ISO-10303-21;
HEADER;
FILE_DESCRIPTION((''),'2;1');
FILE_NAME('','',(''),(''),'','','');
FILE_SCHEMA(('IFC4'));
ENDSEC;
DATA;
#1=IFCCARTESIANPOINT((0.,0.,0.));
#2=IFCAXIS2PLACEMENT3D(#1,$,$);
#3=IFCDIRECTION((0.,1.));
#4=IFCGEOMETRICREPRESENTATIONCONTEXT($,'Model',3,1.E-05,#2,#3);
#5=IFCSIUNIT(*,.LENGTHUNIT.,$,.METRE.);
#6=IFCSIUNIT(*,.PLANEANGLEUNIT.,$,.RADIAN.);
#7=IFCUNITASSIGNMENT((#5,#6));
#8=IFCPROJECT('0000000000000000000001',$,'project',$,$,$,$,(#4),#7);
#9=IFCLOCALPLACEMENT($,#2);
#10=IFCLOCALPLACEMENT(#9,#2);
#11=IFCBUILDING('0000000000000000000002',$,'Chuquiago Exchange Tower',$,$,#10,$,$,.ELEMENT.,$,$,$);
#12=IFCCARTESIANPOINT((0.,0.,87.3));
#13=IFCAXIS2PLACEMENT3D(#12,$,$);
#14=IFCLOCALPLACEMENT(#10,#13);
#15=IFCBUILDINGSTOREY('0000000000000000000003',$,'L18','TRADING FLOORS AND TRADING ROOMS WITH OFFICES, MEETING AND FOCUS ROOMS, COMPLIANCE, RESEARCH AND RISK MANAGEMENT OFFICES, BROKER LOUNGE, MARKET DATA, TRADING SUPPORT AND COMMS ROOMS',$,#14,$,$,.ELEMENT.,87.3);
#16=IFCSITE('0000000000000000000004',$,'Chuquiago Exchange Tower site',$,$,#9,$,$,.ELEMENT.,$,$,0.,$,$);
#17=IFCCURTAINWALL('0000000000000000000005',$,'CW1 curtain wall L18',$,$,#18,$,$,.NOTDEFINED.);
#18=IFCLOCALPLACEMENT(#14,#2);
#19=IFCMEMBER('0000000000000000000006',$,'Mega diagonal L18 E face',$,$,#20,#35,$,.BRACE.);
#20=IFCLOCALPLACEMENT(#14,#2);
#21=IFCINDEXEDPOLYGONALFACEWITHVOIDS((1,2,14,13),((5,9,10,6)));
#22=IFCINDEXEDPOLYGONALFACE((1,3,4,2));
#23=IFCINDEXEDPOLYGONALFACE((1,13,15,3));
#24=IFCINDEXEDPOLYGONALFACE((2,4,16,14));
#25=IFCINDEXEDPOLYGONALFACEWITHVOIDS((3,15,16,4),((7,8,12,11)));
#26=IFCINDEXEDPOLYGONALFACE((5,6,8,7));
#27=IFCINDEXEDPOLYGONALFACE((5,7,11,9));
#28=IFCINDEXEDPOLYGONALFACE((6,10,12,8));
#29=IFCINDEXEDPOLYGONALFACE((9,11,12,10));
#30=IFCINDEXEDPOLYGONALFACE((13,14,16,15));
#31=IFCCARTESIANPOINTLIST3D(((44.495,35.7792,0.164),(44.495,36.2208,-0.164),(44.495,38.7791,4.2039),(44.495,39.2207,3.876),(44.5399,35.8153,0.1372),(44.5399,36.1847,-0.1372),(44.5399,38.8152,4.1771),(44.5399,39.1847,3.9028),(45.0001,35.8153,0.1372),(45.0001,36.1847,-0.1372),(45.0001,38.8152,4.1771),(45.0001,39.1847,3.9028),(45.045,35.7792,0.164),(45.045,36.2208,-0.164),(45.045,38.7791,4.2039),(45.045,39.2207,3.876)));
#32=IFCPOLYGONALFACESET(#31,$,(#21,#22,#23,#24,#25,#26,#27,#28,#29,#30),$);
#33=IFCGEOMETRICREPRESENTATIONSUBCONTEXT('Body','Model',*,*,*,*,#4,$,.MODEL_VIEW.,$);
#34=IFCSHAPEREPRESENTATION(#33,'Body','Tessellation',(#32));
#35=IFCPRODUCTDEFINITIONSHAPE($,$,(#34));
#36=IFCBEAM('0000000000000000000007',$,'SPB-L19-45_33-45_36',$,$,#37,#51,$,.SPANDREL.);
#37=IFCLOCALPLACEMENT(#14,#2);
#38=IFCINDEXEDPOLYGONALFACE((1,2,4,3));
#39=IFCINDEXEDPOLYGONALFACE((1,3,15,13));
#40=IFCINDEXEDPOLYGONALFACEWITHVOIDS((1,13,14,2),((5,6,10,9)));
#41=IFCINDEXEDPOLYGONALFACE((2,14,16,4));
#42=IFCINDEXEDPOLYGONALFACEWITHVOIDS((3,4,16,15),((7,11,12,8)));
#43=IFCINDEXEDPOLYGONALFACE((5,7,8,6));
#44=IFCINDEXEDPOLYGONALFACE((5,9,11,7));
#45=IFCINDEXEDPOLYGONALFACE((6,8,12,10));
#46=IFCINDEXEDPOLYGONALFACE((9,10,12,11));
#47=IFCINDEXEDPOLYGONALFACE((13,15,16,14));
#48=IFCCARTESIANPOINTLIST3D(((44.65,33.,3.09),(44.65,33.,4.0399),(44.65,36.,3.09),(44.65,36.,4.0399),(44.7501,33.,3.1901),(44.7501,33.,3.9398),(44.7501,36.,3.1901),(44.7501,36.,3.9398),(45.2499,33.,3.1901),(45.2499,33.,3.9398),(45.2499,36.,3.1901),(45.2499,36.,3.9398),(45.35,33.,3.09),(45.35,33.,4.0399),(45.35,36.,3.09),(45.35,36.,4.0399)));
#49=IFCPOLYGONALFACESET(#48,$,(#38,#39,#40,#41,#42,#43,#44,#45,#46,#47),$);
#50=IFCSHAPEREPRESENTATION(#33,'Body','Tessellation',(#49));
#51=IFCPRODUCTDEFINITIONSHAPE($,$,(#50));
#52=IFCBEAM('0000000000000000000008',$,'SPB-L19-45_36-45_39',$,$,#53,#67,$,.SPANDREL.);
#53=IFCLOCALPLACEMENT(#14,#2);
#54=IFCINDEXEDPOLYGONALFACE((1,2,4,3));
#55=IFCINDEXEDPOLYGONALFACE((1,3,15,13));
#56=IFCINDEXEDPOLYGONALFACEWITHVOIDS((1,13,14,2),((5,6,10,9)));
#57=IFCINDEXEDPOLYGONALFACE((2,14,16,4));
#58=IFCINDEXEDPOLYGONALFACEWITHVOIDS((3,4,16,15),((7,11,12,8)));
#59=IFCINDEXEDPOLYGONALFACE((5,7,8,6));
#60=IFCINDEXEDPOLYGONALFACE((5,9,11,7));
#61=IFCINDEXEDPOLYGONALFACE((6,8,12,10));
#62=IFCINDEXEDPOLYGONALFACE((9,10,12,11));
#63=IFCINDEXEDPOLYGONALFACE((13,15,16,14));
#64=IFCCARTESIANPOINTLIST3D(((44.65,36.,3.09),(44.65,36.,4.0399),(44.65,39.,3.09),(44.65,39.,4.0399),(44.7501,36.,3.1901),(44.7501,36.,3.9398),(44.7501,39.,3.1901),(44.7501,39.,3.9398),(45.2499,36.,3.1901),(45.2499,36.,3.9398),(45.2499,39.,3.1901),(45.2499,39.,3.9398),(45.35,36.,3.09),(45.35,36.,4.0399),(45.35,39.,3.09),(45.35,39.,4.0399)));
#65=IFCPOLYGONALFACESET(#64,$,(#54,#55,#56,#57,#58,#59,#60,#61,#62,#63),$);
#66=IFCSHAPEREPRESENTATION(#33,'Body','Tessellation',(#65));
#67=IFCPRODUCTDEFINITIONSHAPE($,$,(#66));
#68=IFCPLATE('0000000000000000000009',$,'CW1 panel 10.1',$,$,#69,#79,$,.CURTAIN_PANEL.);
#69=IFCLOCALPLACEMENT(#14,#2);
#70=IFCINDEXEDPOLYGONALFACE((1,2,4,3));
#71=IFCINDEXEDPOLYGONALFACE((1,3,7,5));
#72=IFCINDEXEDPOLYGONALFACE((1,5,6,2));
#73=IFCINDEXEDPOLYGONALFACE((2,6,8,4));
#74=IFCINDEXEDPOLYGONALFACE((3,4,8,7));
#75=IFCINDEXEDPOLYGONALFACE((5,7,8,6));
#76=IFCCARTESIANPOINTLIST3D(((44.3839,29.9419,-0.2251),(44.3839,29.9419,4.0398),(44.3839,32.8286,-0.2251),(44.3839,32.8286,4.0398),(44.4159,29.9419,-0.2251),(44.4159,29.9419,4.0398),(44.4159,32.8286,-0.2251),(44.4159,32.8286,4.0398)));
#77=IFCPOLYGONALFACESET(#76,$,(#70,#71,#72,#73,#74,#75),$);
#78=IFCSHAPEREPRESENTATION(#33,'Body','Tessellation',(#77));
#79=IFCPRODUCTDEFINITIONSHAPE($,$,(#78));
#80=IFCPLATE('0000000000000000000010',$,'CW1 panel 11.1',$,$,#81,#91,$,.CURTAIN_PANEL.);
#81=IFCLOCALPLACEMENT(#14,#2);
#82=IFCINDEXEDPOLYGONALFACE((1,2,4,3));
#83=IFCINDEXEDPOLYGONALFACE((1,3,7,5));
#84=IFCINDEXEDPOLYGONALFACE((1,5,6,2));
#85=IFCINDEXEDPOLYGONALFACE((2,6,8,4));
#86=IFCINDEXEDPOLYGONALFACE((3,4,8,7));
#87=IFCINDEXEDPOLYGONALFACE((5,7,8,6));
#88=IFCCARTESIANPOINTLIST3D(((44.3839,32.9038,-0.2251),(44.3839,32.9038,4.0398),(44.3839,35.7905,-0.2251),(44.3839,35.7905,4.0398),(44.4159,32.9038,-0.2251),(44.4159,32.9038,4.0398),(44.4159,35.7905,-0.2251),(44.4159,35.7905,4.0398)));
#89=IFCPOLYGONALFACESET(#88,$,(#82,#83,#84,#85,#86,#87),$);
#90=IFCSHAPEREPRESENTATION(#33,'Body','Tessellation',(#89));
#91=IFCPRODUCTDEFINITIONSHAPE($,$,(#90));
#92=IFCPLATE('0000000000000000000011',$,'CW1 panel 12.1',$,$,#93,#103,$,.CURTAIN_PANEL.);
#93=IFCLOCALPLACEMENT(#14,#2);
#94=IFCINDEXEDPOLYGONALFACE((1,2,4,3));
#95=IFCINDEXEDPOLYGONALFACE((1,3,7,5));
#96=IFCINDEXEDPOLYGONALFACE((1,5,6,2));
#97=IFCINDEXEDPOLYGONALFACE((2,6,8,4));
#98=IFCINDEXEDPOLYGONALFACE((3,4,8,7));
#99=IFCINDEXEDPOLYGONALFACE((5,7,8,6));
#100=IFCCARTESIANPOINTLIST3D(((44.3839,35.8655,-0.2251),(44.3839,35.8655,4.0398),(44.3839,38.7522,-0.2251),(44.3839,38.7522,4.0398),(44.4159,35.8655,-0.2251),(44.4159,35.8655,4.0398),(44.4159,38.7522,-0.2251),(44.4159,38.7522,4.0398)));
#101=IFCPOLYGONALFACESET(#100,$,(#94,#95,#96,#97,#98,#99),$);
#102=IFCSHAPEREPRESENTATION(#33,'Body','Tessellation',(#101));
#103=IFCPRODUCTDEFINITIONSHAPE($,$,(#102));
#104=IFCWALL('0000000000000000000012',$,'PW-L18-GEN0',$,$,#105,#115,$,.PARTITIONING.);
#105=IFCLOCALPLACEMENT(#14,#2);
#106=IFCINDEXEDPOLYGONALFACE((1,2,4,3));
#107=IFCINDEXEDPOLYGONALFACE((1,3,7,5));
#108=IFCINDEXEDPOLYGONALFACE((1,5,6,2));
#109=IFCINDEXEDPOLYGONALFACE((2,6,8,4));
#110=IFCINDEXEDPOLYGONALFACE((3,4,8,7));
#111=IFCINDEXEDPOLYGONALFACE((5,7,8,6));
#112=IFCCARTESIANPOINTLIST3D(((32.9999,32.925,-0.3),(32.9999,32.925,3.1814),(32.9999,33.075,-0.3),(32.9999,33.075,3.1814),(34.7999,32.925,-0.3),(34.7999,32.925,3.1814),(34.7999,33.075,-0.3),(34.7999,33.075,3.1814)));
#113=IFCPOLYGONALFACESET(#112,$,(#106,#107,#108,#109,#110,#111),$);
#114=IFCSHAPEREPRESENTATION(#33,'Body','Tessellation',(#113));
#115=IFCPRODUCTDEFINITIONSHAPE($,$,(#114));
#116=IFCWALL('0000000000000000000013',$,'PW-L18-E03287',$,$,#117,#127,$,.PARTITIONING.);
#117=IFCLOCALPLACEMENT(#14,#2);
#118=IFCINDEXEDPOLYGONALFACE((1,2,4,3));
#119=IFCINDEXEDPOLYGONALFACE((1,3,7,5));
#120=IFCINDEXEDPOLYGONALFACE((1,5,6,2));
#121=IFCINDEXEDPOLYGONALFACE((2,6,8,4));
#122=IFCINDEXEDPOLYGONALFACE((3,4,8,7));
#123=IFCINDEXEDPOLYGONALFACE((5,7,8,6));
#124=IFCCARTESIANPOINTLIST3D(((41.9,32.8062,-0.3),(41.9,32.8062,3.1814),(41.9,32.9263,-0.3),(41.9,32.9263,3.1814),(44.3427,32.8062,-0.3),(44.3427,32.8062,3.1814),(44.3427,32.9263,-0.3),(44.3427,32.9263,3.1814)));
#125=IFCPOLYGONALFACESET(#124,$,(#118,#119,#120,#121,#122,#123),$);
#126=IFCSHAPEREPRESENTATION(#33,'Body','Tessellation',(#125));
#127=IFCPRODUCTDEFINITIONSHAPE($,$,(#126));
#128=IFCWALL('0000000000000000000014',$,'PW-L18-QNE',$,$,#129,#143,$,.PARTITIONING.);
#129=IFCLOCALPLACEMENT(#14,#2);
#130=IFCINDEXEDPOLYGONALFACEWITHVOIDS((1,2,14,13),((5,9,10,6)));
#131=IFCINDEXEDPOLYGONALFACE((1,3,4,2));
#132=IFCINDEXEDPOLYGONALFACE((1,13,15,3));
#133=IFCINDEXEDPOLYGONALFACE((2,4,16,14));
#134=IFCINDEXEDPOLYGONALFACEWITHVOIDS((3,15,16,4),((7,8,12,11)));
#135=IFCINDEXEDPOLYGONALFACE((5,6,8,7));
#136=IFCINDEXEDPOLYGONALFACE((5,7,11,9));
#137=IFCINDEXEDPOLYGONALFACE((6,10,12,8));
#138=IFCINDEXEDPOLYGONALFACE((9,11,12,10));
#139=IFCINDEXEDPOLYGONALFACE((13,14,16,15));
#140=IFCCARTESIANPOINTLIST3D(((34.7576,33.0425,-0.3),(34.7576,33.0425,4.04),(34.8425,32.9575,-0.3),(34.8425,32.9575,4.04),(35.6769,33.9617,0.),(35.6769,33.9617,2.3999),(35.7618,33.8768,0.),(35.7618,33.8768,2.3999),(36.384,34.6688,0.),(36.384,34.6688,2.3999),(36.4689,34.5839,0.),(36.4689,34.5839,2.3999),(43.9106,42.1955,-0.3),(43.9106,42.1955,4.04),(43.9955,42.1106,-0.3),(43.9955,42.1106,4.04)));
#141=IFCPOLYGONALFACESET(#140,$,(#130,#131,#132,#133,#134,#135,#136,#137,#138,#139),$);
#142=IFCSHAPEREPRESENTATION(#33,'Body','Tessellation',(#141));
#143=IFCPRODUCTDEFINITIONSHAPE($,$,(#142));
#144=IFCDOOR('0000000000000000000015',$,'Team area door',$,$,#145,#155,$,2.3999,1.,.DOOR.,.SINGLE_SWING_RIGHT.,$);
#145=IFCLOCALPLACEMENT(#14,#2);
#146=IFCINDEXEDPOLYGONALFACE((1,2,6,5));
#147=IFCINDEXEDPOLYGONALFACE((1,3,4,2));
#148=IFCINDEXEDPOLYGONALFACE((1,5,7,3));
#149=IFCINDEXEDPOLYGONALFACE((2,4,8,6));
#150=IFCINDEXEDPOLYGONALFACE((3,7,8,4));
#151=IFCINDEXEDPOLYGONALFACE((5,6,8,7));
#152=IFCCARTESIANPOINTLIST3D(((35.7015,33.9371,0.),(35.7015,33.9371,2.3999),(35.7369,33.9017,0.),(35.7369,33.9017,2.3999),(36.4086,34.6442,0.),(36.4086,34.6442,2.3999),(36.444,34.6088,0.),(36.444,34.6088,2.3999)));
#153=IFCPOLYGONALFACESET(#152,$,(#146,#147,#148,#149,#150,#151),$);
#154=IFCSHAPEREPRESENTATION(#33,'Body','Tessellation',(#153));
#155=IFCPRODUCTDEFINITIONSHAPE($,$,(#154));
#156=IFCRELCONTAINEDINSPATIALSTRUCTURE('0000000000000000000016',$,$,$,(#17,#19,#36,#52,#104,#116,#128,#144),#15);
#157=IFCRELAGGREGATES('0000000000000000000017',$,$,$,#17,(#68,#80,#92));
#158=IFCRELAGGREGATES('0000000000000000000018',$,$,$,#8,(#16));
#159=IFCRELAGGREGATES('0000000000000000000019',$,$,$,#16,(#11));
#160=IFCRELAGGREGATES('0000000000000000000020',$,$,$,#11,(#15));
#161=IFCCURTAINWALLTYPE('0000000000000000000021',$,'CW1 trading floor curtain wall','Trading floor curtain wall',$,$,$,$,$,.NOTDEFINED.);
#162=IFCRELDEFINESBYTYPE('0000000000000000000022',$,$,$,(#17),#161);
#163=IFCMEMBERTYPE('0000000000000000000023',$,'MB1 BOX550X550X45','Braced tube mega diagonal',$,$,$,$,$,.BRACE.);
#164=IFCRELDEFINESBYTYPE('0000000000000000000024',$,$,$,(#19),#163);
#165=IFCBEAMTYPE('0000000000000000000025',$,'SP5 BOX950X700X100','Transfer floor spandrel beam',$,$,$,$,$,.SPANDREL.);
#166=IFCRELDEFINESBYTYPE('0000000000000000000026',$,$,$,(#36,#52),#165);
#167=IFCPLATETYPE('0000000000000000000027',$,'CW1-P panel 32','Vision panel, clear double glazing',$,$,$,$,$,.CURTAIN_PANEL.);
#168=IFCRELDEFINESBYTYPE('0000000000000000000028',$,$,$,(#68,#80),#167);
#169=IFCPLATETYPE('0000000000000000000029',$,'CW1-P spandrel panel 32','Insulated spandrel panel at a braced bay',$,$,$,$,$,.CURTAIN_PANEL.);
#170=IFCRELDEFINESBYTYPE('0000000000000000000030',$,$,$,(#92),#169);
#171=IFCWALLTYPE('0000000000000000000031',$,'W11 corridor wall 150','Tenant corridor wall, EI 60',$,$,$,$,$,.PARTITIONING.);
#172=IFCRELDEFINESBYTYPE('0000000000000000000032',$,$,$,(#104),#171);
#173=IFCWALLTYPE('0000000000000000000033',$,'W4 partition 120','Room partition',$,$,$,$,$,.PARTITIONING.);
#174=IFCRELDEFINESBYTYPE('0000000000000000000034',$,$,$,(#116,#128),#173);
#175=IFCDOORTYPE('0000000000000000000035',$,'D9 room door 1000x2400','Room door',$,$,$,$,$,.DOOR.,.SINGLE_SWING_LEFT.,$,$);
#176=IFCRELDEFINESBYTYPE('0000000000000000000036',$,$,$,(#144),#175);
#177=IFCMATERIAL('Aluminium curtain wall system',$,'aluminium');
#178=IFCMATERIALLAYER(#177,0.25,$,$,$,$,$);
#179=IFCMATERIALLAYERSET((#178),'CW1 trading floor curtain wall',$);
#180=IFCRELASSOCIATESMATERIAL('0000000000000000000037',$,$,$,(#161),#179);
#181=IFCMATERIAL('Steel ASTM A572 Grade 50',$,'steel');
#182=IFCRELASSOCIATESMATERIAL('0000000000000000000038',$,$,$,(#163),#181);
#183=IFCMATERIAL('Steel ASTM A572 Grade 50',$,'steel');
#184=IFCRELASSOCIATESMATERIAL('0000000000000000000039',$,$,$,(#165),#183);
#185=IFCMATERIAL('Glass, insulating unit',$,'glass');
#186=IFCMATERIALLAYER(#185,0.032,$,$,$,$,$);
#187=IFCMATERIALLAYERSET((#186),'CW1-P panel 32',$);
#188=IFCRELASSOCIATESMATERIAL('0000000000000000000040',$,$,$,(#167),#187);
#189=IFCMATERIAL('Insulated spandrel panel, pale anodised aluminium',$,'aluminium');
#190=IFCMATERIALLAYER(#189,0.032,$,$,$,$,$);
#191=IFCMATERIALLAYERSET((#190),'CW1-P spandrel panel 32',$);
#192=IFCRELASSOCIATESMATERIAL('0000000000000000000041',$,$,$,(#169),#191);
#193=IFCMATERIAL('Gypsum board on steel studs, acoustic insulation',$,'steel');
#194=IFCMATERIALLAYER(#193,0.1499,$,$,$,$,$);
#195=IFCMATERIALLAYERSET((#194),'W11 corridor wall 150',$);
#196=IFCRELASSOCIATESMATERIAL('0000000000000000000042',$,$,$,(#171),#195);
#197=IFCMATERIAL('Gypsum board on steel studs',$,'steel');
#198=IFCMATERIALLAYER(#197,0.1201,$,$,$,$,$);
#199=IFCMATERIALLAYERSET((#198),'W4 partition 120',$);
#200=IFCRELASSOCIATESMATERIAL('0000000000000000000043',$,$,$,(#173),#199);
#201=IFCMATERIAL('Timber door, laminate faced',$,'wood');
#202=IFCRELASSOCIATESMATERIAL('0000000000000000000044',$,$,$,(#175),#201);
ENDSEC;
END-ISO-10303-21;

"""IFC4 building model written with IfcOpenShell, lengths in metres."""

from ifc_helpers import new_model, si_unit, direction, frame, frame_2d, origin, origin_2d, place, context, subcontext, project, spatial, rectangle, hollow_rectangle, extrude, material, layer, layer_set, material_profile, profile_set, type_object, element, fill, aggregate, save


model = new_model("IFC4")

# Units and contexts
model_context = context("Model", 3, precision=1e-05, world=origin(), true_north=direction((0.0, 1.0)))
body_context = subcontext(model_context, "Body", "Model", "MODEL_VIEW")
ifc_project = project(units=[si_unit("LENGTHUNIT", "METRE"), si_unit("PLANEANGLEUNIT", "RADIAN")], contexts=[model_context])

# Site, building, storey
site_placement = place(None, origin())
site = spatial("IfcSite", under=ifc_project, at=site_placement, Name="Chuquiago Exchange Tower site", CompositionType="ELEMENT", RefElevation=0.0)
building_placement = place(site_placement, origin())
building = spatial("IfcBuilding", under=site, at=building_placement, Name="Chuquiago Exchange Tower", CompositionType="ELEMENT")
storey_placement = place(building_placement, frame((0.0, 0.0, 87.3)))
storey = spatial("IfcBuildingStorey", under=building, at=storey_placement, Name="L18", Description="TRADING FLOORS AND TRADING ROOMS WITH OFFICES, MEETING AND FOCUS ROOMS, COMPLIANCE, RESEARCH AND RISK MANAGEMENT OFFICES, BROKER LOUNGE, MARKET DATA, TRADING SUPPORT AND COMMS ROOMS", CompositionType="ELEMENT", Elevation=87.3)

# Curtain wall
ifc_material_1 = material(Name="Aluminium curtain wall system", Category="aluminium")
ifc_layer_1 = layer(ifc_material_1, 0.25)
ifc_layer_set_1 = layer_set([ifc_layer_1], Name="CW1 trading floor curtain wall")
curtain_wall_type = type_object("IfcCurtainWallType", Name="CW1 trading floor curtain wall", Description="Trading floor curtain wall", PredefinedType="NOTDEFINED", material=ifc_layer_set_1)
curtain_wall_placement = place(storey_placement, origin())
curtain_wall = element("IfcCurtainWall", 1, at=curtain_wall_placement, inside=storey, type_object=curtain_wall_type, Name="CW1 curtain wall L18", PredefinedType="NOTDEFINED")

# Member
ifc_material_2 = material(Name="Steel ASTM A572 Grade 50", Category="steel")
ifc_material_profile_1 = material_profile(ifc_material_2, hollow_rectangle(XDim=0.55, YDim=0.55, WallThickness=0.0449, at=origin_2d()), Name="BOX550X550X45")
ifc_profile_set_1 = profile_set([ifc_material_profile_1], Name="Steel ASTM A572 Grade 50")
member_type_1 = type_object("IfcMemberType", Name="MB1 BOX550X550X45", Description="Braced tube mega diagonal", PredefinedType="BRACE", material=ifc_profile_set_1)
member_1_placement = place(storey_placement, frame((44.77, 36.0, 0.0), z_axis=(0.0, 0.596174, 0.802855), x_axis=(-1.0, 0.0, 0.0)))
element("IfcMember", 2, at=member_1_placement, inside=storey, type_object=member_type_1, Name="Mega diagonal L18 E face", PredefinedType="BRACE", context=body_context, shape_type="SweptSolid", body=[
    extrude(hollow_rectangle(XDim=0.55, YDim=0.55, WallThickness=0.0449, at=origin_2d()), origin(), (0.0, 0.0, 1.0), 5.032),
])

# Beams
ifc_material_3 = material(Name="Steel ASTM A572 Grade 50", Category="steel")
ifc_material_profile_2 = material_profile(ifc_material_3, hollow_rectangle(XDim=0.7, YDim=0.95, WallThickness=0.1001, at=origin_2d()), Name="BOX950X700X100")
ifc_profile_set_2 = profile_set([ifc_material_profile_2], Name="Steel ASTM A572 Grade 50")
beam_type_1 = type_object("IfcBeamType", Name="SP5 BOX950X700X100", Description="Transfer floor spandrel beam", PredefinedType="SPANDREL", material=ifc_profile_set_2)
for number, where, z_axis, x_axis, name in (
    (3, (45.0, 33.0, 3.5649), (0.0, 1.0, 0.0), (-1.0, 0.0, 0.0), "SPB-L19-45_33-45_36"),
    (4, (45.0, 36.0, 3.5649), (0.0, 1.0, 0.0), (-1.0, 0.0, 0.0), "SPB-L19-45_36-45_39"),
):
    element("IfcBeam", number, at=place(storey_placement, frame(where, z_axis=z_axis, x_axis=x_axis)), inside=storey, type_object=beam_type_1, Name=name, PredefinedType="SPANDREL", context=body_context, shape_type="SweptSolid", body=[
        extrude(hollow_rectangle(XDim=0.7, YDim=0.95, WallThickness=0.1001, at=origin_2d()), origin(), (0.0, 0.0, 1.0), 3.0),
    ])

# Plates
ifc_material_4 = material(Name="Glass, insulating unit", Category="glass")
ifc_layer_2 = layer(ifc_material_4, 0.032)
ifc_layer_set_2 = layer_set([ifc_layer_2], Name="CW1-P panel 32")
plate_type_1 = type_object("IfcPlateType", Name="CW1-P panel 32", Description="Vision panel, clear double glazing", PredefinedType="CURTAIN_PANEL", material=ifc_layer_set_2)
plate_1_placement = place(storey_placement, frame((44.3999, 31.3853, -0.2251), z_axis=(0.0, 0.0, 1.0), x_axis=(0.0, 1.0, 0.0)))
plate_1 = element("IfcPlate", 5, at=plate_1_placement, type_object=plate_type_1, Name="CW1 panel 10.1", PredefinedType="CURTAIN_PANEL", context=body_context, shape_type="SweptSolid", body=[
    extrude(rectangle(XDim=2.8867, YDim=0.032, at=origin_2d()), origin(), (0.0, 0.0, 1.0), 4.2649),
])
plate_2_placement = place(storey_placement, frame((44.3999, 34.3472, -0.2251), z_axis=(0.0, 0.0, 1.0), x_axis=(0.0, 1.0, 0.0)))
plate_2 = element("IfcPlate", 6, at=plate_2_placement, type_object=plate_type_1, Name="CW1 panel 11.1", PredefinedType="CURTAIN_PANEL", context=body_context, shape_type="SweptSolid", body=[
    extrude(rectangle(XDim=2.8867, YDim=0.032, at=origin_2d()), origin(), (0.0, 0.0, 1.0), 4.2649),
])
ifc_material_5 = material(Name="Insulated spandrel panel, pale anodised aluminium", Category="aluminium")
ifc_layer_3 = layer(ifc_material_5, 0.032)
ifc_layer_set_3 = layer_set([ifc_layer_3], Name="CW1-P spandrel panel 32")
plate_type_2 = type_object("IfcPlateType", Name="CW1-P spandrel panel 32", Description="Insulated spandrel panel at a braced bay", PredefinedType="CURTAIN_PANEL", material=ifc_layer_set_3)
plate_3_placement = place(storey_placement, frame((44.3999, 37.3088, -0.2251), z_axis=(0.0, 0.0, 1.0), x_axis=(0.0, 1.0, 0.0)))
plate_3 = element("IfcPlate", 7, at=plate_3_placement, type_object=plate_type_2, Name="CW1 panel 12.1", PredefinedType="CURTAIN_PANEL", context=body_context, shape_type="SweptSolid", body=[
    extrude(rectangle(XDim=2.8867, YDim=0.032, at=origin_2d()), origin(), (0.0, 0.0, 1.0), 4.2649),
])
aggregate(curtain_wall, [plate_1, plate_2, plate_3])

# Walls
ifc_material_6 = material(Name="Gypsum board on steel studs, acoustic insulation", Category="steel")
ifc_layer_4 = layer(ifc_material_6, 0.1499)
ifc_layer_set_4 = layer_set([ifc_layer_4], Name="W11 corridor wall 150")
wall_type_1 = type_object("IfcWallType", Name="W11 corridor wall 150", Description="Tenant corridor wall, EI 60", PredefinedType="PARTITIONING", material=ifc_layer_set_4)
wall_1_placement = place(storey_placement, frame((33.0, 33.0, -0.3), z_axis=(0.0, 0.0, 1.0), x_axis=(1.0, 0.0, 0.0)))
element("IfcWall", 8, at=wall_1_placement, inside=storey, type_object=wall_type_1, Name="PW-L18-GEN0", PredefinedType="PARTITIONING", context=body_context, shape_type="SweptSolid", body=[
    extrude(rectangle(XDim=1.8, YDim=0.1499, at=frame_2d((0.8999, 0.0))), origin(), (0.0, 0.0, 1.0), 3.4814),
])
ifc_material_7 = material(Name="Gypsum board on steel studs", Category="steel")
ifc_layer_5 = layer(ifc_material_7, 0.1201)
ifc_layer_set_5 = layer_set([ifc_layer_5], Name="W4 partition 120")
wall_type_2 = type_object("IfcWallType", Name="W4 partition 120", Description="Room partition", PredefinedType="PARTITIONING", material=ifc_layer_set_5)
wall_2_placement = place(storey_placement, frame((44.3425, 32.8662, -0.3), z_axis=(0.0, 0.0, 1.0), x_axis=(-1.0, 0.0, 0.0)))
element("IfcWall", 9, at=wall_2_placement, inside=storey, type_object=wall_type_2, Name="PW-L18-E03287", PredefinedType="PARTITIONING", context=body_context, shape_type="SweptSolid", body=[
    extrude(rectangle(XDim=2.4426, YDim=0.1201, at=frame_2d((1.2212, 0.0))), origin(), (0.0, 0.0, 1.0), 3.4814),
])

# Wall, opening, door
wall_3_placement = place(storey_placement, frame((34.8, 33.0, -0.3), z_axis=(0.0, 0.0, 1.0), x_axis=(0.707107, 0.707107, 0.0)))
wall_3 = element("IfcWall", 10, at=wall_3_placement, inside=storey, type_object=wall_type_2, Name="PW-L18-QNE", PredefinedType="PARTITIONING", context=body_context, shape_type="SweptSolid", body=[
    extrude(rectangle(XDim=12.9443, YDim=0.1201, at=frame_2d((6.4722, 0.0))), origin(), (0.0, 0.0, 1.0), 4.3401),
])
opening_placement = place(wall_3_placement, frame((1.3, 0.0, 0.3)))
opening = element("IfcOpeningElement", 11, at=opening_placement, cuts=wall_3, PredefinedType="OPENING", context=body_context, shape_type="SweptSolid", body=[
    extrude(rectangle(XDim=1.0, YDim=2.3999, at=frame_2d((0.5, 1.2))), frame((0.0, 0.0701, 0.0), z_axis=(0.0, -1.0, 0.0), x_axis=(1.0, 0.0, 0.0)), (0.0, 0.0, 1.0), 0.1401),
])
ifc_material_8 = material(Name="Timber door, laminate faced", Category="wood")
door_type = type_object("IfcDoorType", Name="D9 room door 1000x2400", Description="Room door", OperationType="SINGLE_SWING_LEFT", PredefinedType="DOOR", material=ifc_material_8)
door_placement = place(opening_placement, frame((1.0, 0.0, 0.0), z_axis=(0.0, 0.0, 1.0), x_axis=(-1.0, 0.0, 0.0)))
door = element("IfcDoor", 12, at=door_placement, inside=storey, type_object=door_type, Name="Team area door", OperationType="SINGLE_SWING_RIGHT", OverallHeight=2.3999, OverallWidth=1.0, PredefinedType="DOOR", context=body_context, shape_type="SweptSolid", body=[
    extrude(rectangle(XDim=1.0, YDim=2.3999, at=frame_2d((0.5, 1.2))), frame((0.0, 0.0249, 0.0), z_axis=(0.0, -1.0, 0.0), x_axis=(1.0, 0.0, 0.0)), (0.0, 0.0, 1.0), 0.05),
])
fill(opening, door)

save(model, "model.ifc")
